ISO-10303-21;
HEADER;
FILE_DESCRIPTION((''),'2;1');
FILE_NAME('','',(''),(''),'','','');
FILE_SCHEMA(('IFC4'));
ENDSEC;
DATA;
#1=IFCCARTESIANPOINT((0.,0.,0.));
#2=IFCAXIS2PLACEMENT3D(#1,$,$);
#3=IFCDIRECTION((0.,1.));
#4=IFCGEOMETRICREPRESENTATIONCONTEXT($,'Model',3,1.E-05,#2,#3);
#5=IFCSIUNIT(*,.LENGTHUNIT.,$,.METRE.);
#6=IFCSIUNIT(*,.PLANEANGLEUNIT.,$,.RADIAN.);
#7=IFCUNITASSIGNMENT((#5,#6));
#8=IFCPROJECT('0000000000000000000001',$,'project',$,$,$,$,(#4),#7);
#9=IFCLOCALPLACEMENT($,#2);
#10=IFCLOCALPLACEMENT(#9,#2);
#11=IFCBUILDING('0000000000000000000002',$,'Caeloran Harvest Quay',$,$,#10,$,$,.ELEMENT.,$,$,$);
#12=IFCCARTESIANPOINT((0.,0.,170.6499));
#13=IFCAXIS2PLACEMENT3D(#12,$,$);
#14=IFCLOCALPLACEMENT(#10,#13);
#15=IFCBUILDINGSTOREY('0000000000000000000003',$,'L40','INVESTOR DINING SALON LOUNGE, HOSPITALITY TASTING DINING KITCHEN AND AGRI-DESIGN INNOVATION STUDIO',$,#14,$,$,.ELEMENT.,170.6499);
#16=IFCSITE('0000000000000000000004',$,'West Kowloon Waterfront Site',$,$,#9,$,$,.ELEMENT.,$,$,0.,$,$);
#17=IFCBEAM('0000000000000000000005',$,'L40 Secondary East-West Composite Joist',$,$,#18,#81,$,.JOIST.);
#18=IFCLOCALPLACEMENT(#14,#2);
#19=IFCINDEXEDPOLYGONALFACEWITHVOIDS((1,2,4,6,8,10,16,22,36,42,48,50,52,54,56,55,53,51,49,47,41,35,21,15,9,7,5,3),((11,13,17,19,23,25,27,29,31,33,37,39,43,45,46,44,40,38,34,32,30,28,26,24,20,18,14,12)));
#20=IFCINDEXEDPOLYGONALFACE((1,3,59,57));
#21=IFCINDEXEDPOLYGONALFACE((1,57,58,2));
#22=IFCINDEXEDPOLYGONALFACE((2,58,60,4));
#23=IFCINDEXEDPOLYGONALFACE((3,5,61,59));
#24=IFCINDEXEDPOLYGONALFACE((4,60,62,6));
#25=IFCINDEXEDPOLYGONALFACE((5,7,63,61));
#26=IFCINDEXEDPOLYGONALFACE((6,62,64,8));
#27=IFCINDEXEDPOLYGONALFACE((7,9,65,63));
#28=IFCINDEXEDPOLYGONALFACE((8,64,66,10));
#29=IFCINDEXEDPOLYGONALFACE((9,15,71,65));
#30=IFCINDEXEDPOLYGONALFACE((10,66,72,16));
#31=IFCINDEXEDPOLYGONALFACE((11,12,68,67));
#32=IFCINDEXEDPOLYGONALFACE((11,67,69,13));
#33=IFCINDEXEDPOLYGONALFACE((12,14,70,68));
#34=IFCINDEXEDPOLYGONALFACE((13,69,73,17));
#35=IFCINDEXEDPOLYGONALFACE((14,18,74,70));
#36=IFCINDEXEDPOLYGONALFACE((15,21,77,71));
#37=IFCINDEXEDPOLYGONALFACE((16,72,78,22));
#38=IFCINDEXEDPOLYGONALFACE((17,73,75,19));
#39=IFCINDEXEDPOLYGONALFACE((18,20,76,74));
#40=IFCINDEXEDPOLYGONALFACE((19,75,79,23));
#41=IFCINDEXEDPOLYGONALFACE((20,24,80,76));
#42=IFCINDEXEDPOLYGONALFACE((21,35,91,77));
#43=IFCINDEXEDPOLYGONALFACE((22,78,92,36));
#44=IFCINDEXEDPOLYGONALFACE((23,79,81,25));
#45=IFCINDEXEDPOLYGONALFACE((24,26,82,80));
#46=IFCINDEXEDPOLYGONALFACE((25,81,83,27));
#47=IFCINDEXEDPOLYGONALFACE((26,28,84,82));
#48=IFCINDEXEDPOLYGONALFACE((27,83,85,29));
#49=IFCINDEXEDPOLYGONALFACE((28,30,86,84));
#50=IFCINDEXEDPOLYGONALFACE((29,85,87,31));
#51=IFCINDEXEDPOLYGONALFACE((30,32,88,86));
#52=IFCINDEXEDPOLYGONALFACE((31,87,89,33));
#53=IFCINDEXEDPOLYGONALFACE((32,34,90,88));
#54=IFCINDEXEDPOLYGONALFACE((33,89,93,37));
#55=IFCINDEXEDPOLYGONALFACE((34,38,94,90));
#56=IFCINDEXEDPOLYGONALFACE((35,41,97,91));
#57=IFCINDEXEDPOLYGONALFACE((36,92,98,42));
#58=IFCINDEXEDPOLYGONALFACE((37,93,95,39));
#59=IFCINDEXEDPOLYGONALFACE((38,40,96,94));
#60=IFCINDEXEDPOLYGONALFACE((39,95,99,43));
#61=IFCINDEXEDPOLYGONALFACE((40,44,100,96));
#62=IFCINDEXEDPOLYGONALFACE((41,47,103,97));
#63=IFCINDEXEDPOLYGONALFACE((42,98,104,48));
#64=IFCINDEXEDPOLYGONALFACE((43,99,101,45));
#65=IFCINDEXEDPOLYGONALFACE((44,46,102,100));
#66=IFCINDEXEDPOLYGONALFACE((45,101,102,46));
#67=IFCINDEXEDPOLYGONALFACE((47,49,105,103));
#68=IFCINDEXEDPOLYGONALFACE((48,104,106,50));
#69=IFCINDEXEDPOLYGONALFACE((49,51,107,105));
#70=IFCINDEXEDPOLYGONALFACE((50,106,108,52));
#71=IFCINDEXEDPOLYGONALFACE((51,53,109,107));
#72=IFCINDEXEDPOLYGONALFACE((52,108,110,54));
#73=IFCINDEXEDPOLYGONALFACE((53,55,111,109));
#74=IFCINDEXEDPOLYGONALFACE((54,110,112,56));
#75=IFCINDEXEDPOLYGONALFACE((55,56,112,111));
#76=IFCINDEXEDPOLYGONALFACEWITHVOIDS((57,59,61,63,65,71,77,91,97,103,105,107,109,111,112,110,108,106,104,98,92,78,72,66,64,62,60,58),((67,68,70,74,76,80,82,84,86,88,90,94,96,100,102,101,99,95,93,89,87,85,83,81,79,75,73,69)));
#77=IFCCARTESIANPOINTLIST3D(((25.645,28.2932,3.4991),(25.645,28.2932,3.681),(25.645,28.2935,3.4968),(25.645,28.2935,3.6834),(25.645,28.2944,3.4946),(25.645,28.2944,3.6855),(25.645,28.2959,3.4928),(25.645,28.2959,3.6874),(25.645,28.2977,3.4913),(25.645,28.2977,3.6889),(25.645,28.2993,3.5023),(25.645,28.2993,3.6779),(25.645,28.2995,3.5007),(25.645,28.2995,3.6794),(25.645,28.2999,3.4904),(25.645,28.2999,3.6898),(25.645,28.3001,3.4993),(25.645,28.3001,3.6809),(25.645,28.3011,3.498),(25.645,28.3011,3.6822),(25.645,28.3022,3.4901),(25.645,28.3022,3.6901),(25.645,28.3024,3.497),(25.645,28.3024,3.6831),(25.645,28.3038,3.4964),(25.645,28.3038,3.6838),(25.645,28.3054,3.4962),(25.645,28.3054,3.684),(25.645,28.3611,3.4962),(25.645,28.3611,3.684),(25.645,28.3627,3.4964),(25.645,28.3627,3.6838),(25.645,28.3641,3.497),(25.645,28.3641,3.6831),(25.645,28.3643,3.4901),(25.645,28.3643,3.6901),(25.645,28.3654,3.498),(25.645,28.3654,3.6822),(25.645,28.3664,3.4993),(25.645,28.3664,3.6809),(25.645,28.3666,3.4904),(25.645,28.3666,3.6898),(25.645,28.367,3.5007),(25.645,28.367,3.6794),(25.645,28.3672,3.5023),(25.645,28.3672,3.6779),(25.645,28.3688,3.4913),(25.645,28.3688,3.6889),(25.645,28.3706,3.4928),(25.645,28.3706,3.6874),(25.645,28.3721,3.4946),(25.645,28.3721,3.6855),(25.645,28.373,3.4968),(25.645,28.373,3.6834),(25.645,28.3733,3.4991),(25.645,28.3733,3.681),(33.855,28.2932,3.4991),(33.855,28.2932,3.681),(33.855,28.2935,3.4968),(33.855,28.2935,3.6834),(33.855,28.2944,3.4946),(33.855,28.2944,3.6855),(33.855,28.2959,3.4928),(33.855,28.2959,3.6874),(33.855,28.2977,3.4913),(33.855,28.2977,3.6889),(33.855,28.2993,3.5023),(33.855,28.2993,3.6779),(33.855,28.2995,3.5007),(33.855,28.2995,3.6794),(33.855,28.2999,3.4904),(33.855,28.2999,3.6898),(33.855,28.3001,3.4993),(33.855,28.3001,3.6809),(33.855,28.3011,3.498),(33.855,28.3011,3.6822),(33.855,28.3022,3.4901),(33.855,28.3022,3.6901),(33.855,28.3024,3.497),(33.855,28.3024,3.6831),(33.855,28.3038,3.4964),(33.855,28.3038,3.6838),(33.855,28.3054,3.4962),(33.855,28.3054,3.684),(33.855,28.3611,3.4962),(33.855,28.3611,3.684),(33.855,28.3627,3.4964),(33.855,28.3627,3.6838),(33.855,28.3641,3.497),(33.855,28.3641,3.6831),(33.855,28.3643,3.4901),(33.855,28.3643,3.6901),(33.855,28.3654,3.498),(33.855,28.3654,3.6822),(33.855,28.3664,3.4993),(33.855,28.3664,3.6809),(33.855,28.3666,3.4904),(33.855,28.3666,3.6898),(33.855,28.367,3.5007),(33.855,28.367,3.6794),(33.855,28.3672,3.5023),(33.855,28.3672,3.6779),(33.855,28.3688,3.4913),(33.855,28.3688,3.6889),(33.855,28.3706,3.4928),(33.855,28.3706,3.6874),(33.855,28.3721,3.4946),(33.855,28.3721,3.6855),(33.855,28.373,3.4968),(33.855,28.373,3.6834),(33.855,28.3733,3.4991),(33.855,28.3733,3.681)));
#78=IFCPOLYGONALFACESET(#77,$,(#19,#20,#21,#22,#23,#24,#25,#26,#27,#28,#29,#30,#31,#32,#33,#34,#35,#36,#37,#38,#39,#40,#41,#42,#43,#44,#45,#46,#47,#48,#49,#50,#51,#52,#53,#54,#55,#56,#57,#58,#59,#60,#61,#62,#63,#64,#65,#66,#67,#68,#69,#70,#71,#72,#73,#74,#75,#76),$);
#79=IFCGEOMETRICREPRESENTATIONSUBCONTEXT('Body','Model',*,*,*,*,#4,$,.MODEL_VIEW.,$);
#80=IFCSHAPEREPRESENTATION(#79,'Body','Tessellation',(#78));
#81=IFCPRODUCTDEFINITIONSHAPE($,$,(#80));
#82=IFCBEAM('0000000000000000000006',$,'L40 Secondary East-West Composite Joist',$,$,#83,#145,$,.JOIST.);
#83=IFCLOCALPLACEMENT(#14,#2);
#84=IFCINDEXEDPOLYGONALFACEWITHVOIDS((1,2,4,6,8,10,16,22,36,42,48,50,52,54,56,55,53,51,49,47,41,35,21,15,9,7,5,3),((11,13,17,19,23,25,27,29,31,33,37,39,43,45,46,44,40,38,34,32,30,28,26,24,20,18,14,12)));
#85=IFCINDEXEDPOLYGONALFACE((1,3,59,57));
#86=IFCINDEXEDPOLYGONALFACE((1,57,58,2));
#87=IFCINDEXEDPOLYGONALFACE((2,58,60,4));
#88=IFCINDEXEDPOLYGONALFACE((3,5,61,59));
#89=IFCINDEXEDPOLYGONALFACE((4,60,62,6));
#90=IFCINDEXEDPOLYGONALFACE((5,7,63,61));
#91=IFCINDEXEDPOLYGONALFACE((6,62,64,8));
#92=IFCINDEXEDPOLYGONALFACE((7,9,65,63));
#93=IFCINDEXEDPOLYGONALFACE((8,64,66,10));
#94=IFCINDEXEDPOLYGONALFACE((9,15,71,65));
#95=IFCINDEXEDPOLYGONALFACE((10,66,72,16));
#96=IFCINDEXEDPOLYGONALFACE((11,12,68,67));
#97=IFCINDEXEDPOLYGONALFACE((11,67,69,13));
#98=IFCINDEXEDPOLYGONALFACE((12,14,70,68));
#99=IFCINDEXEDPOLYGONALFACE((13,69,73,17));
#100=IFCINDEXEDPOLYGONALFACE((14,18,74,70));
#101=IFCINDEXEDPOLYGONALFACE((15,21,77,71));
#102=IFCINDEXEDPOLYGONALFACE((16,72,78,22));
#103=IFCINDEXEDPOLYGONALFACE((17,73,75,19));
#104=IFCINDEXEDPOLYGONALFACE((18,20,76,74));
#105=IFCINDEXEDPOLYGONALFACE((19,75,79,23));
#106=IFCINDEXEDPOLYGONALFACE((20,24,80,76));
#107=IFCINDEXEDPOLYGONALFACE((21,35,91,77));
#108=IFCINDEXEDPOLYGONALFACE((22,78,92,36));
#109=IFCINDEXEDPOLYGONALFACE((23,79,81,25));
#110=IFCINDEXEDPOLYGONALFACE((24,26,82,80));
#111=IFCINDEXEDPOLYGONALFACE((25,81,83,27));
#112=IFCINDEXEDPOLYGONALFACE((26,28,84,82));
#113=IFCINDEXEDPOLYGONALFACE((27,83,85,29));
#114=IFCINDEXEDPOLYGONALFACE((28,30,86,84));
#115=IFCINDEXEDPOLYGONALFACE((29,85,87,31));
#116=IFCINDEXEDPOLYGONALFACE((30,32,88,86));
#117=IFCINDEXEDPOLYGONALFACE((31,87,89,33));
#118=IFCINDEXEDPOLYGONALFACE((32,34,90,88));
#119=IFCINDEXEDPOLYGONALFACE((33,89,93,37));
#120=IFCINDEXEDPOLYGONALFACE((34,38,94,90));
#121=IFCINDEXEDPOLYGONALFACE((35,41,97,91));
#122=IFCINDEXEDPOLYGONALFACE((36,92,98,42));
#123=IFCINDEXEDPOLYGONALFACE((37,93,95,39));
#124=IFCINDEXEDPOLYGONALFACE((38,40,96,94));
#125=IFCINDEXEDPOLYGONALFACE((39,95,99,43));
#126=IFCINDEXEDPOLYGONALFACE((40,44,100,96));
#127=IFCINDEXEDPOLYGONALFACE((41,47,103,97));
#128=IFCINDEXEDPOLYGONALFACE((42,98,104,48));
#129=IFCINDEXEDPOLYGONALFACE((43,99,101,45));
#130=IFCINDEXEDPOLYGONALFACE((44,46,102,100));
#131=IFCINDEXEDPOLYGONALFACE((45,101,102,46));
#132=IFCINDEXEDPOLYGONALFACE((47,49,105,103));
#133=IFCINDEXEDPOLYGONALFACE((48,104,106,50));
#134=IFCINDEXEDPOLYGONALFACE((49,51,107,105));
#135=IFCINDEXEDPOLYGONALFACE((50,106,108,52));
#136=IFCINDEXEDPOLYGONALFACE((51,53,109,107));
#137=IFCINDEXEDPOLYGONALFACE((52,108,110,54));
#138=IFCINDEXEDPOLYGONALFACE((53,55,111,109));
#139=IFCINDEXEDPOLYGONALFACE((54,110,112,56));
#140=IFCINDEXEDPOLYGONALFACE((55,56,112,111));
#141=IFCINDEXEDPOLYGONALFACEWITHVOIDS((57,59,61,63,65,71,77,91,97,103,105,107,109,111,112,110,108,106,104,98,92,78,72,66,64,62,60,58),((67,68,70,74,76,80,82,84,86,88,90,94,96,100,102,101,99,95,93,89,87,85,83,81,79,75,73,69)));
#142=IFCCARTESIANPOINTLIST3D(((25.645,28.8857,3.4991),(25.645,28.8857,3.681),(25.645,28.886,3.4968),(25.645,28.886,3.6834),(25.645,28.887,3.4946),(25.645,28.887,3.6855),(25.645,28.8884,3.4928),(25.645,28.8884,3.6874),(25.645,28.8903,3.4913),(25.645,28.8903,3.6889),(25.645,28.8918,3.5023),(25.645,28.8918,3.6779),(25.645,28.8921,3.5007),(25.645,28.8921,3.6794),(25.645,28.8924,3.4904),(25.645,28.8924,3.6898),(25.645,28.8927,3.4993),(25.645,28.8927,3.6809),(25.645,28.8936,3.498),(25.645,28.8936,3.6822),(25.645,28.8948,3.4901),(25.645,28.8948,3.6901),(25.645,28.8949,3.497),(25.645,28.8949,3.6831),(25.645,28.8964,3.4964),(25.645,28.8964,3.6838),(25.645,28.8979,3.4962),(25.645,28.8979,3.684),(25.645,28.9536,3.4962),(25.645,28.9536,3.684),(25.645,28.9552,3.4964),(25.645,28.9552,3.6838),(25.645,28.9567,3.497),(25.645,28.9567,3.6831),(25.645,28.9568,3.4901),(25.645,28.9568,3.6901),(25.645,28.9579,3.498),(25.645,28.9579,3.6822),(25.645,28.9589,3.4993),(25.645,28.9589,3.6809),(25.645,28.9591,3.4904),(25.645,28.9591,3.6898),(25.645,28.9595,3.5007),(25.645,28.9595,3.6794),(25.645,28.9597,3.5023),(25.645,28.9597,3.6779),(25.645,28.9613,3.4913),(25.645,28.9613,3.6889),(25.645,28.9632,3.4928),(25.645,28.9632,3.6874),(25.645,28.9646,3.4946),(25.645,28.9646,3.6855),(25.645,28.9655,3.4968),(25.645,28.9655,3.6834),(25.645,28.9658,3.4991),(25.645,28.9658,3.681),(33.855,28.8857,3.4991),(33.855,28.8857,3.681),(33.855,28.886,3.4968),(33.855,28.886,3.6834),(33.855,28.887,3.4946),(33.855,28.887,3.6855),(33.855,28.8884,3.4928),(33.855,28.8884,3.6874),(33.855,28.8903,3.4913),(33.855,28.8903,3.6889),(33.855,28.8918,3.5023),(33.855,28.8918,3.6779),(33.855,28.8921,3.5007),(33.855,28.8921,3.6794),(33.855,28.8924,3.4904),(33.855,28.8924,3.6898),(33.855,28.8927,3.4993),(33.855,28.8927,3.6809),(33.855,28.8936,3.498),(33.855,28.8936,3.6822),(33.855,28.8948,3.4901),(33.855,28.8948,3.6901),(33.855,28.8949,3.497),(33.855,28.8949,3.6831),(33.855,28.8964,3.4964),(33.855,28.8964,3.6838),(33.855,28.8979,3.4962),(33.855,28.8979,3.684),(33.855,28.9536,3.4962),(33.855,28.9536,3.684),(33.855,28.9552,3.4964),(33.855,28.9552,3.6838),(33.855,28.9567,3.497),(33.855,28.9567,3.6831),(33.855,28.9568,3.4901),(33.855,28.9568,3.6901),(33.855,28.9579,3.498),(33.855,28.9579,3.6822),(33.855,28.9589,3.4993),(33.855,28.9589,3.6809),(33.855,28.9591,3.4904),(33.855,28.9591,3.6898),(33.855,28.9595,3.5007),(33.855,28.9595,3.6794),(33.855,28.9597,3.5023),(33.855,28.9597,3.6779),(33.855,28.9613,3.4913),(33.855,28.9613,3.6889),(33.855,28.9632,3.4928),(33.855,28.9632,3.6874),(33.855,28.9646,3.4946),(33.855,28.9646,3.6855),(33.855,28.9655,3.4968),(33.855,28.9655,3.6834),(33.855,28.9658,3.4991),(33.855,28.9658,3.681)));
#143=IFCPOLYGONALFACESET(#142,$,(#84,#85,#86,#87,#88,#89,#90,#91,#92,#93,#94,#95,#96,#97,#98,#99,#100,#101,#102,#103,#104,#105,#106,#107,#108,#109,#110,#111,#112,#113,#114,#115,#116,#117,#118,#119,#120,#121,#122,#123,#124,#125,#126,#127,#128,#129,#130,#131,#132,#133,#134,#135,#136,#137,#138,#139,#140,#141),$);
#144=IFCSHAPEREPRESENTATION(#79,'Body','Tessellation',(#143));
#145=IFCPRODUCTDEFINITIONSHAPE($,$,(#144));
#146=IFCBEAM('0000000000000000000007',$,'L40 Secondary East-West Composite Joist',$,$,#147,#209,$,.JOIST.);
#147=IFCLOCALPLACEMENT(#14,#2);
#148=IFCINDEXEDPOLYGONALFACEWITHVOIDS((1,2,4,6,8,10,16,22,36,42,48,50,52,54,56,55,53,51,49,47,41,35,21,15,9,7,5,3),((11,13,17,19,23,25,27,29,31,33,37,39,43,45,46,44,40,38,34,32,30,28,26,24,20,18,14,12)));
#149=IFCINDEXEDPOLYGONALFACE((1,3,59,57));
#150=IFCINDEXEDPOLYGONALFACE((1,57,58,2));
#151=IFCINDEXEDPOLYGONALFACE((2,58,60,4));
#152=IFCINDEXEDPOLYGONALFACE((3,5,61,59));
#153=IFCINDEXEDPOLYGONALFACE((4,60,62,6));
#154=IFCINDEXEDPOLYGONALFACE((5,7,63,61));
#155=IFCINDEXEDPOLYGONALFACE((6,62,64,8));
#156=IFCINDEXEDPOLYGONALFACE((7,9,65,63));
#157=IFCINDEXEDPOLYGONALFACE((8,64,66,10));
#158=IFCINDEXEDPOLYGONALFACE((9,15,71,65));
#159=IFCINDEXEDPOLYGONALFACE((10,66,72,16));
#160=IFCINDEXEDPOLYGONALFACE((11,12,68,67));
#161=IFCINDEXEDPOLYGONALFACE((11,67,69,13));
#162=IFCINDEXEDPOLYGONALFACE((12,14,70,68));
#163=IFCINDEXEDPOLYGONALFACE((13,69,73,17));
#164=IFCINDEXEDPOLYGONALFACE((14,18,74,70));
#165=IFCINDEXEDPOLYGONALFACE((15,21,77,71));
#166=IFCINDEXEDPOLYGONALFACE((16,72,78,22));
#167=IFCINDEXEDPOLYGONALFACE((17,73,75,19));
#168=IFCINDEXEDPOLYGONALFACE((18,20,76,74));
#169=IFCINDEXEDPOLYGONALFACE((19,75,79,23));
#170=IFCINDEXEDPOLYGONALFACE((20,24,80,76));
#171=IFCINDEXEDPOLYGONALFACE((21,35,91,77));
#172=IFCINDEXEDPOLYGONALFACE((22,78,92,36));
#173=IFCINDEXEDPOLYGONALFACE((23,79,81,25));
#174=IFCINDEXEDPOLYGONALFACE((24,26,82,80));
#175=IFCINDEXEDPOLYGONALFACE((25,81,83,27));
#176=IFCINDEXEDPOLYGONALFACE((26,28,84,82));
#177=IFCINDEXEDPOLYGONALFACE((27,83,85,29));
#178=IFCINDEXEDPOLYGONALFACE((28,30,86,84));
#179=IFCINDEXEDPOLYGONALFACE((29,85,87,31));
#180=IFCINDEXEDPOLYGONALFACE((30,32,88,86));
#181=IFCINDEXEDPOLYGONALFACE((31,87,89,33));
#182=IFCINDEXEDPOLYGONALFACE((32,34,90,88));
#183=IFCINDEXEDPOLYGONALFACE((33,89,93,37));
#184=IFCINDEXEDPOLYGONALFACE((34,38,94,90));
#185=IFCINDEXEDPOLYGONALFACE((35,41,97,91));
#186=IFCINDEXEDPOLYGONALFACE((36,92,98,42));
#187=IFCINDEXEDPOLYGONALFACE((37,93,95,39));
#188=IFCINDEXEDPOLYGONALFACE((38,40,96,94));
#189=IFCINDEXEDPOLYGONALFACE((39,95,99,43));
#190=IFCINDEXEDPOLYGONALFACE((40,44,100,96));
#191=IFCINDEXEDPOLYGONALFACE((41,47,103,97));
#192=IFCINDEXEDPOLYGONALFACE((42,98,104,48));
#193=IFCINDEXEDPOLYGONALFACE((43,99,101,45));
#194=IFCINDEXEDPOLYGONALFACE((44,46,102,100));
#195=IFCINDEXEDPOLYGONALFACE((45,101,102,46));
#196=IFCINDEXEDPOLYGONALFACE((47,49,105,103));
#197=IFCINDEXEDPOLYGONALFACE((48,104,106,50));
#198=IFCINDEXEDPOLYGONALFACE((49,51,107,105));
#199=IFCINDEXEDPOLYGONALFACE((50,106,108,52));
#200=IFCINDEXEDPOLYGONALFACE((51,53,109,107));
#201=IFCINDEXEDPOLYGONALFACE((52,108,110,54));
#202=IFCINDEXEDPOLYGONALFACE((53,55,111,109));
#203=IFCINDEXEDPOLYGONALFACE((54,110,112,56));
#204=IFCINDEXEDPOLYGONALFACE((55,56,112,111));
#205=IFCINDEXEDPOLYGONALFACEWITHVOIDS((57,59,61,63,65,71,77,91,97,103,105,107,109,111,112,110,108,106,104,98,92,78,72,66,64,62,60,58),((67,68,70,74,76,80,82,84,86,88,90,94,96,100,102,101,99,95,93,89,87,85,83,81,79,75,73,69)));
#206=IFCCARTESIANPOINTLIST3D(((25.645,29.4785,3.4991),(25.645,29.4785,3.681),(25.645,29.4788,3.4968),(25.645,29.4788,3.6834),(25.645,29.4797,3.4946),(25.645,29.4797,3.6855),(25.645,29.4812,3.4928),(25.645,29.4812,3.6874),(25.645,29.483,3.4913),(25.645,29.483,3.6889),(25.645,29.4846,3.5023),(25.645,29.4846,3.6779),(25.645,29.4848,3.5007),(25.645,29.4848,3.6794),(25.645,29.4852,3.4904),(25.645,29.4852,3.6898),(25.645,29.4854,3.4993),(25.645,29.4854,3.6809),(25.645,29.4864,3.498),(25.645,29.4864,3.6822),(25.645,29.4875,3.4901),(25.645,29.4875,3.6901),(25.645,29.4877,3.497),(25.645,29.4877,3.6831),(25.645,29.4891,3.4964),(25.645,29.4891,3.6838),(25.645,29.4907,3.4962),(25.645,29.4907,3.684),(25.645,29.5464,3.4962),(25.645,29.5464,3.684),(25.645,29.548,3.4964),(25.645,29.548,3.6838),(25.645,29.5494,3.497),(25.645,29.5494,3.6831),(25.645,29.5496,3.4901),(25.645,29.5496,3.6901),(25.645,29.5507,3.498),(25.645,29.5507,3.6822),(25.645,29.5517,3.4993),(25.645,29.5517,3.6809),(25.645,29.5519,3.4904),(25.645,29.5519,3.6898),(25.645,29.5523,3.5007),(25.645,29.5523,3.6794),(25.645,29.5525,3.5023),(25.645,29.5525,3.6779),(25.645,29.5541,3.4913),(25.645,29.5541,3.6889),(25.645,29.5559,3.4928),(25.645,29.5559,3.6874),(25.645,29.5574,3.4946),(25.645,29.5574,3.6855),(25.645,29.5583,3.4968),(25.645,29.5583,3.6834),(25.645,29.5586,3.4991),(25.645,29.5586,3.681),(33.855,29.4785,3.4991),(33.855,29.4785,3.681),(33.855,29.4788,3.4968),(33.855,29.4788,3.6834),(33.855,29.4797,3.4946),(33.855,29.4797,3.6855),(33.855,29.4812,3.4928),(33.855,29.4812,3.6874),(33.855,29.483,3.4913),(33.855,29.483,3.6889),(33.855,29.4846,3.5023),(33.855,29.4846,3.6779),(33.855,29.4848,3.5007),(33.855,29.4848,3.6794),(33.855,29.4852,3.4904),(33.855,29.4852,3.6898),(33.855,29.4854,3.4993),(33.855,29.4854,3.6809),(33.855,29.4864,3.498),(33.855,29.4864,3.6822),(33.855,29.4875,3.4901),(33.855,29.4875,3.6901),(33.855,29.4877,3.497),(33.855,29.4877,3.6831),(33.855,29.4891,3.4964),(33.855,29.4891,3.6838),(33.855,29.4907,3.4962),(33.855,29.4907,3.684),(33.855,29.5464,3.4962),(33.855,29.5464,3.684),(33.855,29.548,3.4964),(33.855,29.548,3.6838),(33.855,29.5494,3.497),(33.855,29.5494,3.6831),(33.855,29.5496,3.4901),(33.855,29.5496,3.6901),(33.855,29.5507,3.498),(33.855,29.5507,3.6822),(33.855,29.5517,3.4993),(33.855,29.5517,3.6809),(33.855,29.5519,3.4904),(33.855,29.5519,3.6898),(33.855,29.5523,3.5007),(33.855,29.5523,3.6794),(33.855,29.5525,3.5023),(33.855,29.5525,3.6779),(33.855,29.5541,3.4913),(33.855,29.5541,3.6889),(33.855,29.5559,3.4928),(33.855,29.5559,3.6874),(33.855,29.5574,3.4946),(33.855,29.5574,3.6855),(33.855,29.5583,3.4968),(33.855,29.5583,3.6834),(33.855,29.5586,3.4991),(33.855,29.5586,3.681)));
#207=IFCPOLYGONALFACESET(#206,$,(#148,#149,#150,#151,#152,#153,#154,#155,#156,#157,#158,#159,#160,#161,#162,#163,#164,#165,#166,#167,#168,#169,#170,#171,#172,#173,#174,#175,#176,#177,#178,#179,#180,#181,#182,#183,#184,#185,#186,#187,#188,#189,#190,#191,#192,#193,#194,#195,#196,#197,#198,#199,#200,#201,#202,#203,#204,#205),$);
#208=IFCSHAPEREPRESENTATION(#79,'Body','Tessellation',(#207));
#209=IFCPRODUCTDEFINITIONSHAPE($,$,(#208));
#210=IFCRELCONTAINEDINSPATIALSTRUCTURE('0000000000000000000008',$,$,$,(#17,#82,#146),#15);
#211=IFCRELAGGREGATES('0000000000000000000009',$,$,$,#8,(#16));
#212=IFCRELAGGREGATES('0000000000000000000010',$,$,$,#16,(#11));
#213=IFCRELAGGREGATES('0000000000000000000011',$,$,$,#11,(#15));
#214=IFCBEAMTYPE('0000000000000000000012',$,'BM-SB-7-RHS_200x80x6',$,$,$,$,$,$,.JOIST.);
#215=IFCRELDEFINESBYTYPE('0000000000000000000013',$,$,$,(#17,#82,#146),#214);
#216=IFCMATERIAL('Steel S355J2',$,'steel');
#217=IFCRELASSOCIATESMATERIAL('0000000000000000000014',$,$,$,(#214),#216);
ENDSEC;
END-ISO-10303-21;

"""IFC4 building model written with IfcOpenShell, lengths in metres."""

from ifc_helpers import new_model, si_unit, direction, frame, origin, origin_2d, place, context, subcontext, project, spatial, hollow_rectangle, extrude, material, material_profile, profile_set, type_object, element, save


model = new_model("IFC4")

# Units and contexts
model_context = context("Model", 3, precision=1e-05, world=origin(), true_north=direction((0.0, 1.0)))
body_context = subcontext(model_context, "Body", "Model", "MODEL_VIEW")
ifc_project = project(units=[si_unit("LENGTHUNIT", "METRE"), si_unit("PLANEANGLEUNIT", "RADIAN")], contexts=[model_context])

# Site, building, storey
site_placement = place(None, origin())
site = spatial("IfcSite", under=ifc_project, at=site_placement, Name="West Kowloon Waterfront Site", CompositionType="ELEMENT", RefElevation=0.0)
building_placement = place(site_placement, origin())
building = spatial("IfcBuilding", under=site, at=building_placement, Name="Caeloran Harvest Quay", CompositionType="ELEMENT")
storey_placement = place(building_placement, frame((0.0, 0.0, 170.6499)))
storey = spatial("IfcBuildingStorey", under=building, at=storey_placement, Name="L40", Description="INVESTOR DINING SALON LOUNGE, HOSPITALITY TASTING DINING KITCHEN AND AGRI-DESIGN INNOVATION STUDIO", CompositionType="ELEMENT", Elevation=170.6499)

# Beams
ifc_material_1 = material(Name="Steel S355J2", Category="steel")
ifc_material_profile_1 = material_profile(ifc_material_1, hollow_rectangle(XDim=0.0801, YDim=0.2, WallThickness=0.0061, InnerFilletRadius=0.0061, OuterFilletRadius=0.009, at=origin_2d()), Name="RHS 200x80x6")
ifc_profile_set_1 = profile_set([ifc_material_profile_1], Name="Steel S355J2")
beam_type_1 = type_object("IfcBeamType", Name="BM-SB-7-RHS_200x80x6", PredefinedType="JOIST", material=ifc_profile_set_1)
for number, where, z_axis, x_axis, name in (
    (1, (25.645, 28.3333, 3.5901), (1.0, 0.0, 0.0), (0.0, 1.0, 0.0), "L40 Secondary East-West Composite Joist"),
    (2, (25.645, 28.9258, 3.5901), (1.0, 0.0, 0.0), (0.0, 1.0, 0.0), "L40 Secondary East-West Composite Joist"),
    (3, (25.645, 29.5186, 3.5901), (1.0, 0.0, 0.0), (0.0, 1.0, 0.0), "L40 Secondary East-West Composite Joist"),
):
    element("IfcBeam", number, at=place(storey_placement, frame(where, z_axis=z_axis, x_axis=x_axis)), inside=storey, type_object=beam_type_1, Name=name, PredefinedType="JOIST", context=body_context, shape_type="SweptSolid", body=[
        extrude(hollow_rectangle(XDim=0.0801, YDim=0.2, WallThickness=0.0061, InnerFilletRadius=0.0061, OuterFilletRadius=0.009, at=origin_2d()), origin(), (0.0, 0.0, 1.0), 8.21),
    ])

save(model, "model.ifc")
